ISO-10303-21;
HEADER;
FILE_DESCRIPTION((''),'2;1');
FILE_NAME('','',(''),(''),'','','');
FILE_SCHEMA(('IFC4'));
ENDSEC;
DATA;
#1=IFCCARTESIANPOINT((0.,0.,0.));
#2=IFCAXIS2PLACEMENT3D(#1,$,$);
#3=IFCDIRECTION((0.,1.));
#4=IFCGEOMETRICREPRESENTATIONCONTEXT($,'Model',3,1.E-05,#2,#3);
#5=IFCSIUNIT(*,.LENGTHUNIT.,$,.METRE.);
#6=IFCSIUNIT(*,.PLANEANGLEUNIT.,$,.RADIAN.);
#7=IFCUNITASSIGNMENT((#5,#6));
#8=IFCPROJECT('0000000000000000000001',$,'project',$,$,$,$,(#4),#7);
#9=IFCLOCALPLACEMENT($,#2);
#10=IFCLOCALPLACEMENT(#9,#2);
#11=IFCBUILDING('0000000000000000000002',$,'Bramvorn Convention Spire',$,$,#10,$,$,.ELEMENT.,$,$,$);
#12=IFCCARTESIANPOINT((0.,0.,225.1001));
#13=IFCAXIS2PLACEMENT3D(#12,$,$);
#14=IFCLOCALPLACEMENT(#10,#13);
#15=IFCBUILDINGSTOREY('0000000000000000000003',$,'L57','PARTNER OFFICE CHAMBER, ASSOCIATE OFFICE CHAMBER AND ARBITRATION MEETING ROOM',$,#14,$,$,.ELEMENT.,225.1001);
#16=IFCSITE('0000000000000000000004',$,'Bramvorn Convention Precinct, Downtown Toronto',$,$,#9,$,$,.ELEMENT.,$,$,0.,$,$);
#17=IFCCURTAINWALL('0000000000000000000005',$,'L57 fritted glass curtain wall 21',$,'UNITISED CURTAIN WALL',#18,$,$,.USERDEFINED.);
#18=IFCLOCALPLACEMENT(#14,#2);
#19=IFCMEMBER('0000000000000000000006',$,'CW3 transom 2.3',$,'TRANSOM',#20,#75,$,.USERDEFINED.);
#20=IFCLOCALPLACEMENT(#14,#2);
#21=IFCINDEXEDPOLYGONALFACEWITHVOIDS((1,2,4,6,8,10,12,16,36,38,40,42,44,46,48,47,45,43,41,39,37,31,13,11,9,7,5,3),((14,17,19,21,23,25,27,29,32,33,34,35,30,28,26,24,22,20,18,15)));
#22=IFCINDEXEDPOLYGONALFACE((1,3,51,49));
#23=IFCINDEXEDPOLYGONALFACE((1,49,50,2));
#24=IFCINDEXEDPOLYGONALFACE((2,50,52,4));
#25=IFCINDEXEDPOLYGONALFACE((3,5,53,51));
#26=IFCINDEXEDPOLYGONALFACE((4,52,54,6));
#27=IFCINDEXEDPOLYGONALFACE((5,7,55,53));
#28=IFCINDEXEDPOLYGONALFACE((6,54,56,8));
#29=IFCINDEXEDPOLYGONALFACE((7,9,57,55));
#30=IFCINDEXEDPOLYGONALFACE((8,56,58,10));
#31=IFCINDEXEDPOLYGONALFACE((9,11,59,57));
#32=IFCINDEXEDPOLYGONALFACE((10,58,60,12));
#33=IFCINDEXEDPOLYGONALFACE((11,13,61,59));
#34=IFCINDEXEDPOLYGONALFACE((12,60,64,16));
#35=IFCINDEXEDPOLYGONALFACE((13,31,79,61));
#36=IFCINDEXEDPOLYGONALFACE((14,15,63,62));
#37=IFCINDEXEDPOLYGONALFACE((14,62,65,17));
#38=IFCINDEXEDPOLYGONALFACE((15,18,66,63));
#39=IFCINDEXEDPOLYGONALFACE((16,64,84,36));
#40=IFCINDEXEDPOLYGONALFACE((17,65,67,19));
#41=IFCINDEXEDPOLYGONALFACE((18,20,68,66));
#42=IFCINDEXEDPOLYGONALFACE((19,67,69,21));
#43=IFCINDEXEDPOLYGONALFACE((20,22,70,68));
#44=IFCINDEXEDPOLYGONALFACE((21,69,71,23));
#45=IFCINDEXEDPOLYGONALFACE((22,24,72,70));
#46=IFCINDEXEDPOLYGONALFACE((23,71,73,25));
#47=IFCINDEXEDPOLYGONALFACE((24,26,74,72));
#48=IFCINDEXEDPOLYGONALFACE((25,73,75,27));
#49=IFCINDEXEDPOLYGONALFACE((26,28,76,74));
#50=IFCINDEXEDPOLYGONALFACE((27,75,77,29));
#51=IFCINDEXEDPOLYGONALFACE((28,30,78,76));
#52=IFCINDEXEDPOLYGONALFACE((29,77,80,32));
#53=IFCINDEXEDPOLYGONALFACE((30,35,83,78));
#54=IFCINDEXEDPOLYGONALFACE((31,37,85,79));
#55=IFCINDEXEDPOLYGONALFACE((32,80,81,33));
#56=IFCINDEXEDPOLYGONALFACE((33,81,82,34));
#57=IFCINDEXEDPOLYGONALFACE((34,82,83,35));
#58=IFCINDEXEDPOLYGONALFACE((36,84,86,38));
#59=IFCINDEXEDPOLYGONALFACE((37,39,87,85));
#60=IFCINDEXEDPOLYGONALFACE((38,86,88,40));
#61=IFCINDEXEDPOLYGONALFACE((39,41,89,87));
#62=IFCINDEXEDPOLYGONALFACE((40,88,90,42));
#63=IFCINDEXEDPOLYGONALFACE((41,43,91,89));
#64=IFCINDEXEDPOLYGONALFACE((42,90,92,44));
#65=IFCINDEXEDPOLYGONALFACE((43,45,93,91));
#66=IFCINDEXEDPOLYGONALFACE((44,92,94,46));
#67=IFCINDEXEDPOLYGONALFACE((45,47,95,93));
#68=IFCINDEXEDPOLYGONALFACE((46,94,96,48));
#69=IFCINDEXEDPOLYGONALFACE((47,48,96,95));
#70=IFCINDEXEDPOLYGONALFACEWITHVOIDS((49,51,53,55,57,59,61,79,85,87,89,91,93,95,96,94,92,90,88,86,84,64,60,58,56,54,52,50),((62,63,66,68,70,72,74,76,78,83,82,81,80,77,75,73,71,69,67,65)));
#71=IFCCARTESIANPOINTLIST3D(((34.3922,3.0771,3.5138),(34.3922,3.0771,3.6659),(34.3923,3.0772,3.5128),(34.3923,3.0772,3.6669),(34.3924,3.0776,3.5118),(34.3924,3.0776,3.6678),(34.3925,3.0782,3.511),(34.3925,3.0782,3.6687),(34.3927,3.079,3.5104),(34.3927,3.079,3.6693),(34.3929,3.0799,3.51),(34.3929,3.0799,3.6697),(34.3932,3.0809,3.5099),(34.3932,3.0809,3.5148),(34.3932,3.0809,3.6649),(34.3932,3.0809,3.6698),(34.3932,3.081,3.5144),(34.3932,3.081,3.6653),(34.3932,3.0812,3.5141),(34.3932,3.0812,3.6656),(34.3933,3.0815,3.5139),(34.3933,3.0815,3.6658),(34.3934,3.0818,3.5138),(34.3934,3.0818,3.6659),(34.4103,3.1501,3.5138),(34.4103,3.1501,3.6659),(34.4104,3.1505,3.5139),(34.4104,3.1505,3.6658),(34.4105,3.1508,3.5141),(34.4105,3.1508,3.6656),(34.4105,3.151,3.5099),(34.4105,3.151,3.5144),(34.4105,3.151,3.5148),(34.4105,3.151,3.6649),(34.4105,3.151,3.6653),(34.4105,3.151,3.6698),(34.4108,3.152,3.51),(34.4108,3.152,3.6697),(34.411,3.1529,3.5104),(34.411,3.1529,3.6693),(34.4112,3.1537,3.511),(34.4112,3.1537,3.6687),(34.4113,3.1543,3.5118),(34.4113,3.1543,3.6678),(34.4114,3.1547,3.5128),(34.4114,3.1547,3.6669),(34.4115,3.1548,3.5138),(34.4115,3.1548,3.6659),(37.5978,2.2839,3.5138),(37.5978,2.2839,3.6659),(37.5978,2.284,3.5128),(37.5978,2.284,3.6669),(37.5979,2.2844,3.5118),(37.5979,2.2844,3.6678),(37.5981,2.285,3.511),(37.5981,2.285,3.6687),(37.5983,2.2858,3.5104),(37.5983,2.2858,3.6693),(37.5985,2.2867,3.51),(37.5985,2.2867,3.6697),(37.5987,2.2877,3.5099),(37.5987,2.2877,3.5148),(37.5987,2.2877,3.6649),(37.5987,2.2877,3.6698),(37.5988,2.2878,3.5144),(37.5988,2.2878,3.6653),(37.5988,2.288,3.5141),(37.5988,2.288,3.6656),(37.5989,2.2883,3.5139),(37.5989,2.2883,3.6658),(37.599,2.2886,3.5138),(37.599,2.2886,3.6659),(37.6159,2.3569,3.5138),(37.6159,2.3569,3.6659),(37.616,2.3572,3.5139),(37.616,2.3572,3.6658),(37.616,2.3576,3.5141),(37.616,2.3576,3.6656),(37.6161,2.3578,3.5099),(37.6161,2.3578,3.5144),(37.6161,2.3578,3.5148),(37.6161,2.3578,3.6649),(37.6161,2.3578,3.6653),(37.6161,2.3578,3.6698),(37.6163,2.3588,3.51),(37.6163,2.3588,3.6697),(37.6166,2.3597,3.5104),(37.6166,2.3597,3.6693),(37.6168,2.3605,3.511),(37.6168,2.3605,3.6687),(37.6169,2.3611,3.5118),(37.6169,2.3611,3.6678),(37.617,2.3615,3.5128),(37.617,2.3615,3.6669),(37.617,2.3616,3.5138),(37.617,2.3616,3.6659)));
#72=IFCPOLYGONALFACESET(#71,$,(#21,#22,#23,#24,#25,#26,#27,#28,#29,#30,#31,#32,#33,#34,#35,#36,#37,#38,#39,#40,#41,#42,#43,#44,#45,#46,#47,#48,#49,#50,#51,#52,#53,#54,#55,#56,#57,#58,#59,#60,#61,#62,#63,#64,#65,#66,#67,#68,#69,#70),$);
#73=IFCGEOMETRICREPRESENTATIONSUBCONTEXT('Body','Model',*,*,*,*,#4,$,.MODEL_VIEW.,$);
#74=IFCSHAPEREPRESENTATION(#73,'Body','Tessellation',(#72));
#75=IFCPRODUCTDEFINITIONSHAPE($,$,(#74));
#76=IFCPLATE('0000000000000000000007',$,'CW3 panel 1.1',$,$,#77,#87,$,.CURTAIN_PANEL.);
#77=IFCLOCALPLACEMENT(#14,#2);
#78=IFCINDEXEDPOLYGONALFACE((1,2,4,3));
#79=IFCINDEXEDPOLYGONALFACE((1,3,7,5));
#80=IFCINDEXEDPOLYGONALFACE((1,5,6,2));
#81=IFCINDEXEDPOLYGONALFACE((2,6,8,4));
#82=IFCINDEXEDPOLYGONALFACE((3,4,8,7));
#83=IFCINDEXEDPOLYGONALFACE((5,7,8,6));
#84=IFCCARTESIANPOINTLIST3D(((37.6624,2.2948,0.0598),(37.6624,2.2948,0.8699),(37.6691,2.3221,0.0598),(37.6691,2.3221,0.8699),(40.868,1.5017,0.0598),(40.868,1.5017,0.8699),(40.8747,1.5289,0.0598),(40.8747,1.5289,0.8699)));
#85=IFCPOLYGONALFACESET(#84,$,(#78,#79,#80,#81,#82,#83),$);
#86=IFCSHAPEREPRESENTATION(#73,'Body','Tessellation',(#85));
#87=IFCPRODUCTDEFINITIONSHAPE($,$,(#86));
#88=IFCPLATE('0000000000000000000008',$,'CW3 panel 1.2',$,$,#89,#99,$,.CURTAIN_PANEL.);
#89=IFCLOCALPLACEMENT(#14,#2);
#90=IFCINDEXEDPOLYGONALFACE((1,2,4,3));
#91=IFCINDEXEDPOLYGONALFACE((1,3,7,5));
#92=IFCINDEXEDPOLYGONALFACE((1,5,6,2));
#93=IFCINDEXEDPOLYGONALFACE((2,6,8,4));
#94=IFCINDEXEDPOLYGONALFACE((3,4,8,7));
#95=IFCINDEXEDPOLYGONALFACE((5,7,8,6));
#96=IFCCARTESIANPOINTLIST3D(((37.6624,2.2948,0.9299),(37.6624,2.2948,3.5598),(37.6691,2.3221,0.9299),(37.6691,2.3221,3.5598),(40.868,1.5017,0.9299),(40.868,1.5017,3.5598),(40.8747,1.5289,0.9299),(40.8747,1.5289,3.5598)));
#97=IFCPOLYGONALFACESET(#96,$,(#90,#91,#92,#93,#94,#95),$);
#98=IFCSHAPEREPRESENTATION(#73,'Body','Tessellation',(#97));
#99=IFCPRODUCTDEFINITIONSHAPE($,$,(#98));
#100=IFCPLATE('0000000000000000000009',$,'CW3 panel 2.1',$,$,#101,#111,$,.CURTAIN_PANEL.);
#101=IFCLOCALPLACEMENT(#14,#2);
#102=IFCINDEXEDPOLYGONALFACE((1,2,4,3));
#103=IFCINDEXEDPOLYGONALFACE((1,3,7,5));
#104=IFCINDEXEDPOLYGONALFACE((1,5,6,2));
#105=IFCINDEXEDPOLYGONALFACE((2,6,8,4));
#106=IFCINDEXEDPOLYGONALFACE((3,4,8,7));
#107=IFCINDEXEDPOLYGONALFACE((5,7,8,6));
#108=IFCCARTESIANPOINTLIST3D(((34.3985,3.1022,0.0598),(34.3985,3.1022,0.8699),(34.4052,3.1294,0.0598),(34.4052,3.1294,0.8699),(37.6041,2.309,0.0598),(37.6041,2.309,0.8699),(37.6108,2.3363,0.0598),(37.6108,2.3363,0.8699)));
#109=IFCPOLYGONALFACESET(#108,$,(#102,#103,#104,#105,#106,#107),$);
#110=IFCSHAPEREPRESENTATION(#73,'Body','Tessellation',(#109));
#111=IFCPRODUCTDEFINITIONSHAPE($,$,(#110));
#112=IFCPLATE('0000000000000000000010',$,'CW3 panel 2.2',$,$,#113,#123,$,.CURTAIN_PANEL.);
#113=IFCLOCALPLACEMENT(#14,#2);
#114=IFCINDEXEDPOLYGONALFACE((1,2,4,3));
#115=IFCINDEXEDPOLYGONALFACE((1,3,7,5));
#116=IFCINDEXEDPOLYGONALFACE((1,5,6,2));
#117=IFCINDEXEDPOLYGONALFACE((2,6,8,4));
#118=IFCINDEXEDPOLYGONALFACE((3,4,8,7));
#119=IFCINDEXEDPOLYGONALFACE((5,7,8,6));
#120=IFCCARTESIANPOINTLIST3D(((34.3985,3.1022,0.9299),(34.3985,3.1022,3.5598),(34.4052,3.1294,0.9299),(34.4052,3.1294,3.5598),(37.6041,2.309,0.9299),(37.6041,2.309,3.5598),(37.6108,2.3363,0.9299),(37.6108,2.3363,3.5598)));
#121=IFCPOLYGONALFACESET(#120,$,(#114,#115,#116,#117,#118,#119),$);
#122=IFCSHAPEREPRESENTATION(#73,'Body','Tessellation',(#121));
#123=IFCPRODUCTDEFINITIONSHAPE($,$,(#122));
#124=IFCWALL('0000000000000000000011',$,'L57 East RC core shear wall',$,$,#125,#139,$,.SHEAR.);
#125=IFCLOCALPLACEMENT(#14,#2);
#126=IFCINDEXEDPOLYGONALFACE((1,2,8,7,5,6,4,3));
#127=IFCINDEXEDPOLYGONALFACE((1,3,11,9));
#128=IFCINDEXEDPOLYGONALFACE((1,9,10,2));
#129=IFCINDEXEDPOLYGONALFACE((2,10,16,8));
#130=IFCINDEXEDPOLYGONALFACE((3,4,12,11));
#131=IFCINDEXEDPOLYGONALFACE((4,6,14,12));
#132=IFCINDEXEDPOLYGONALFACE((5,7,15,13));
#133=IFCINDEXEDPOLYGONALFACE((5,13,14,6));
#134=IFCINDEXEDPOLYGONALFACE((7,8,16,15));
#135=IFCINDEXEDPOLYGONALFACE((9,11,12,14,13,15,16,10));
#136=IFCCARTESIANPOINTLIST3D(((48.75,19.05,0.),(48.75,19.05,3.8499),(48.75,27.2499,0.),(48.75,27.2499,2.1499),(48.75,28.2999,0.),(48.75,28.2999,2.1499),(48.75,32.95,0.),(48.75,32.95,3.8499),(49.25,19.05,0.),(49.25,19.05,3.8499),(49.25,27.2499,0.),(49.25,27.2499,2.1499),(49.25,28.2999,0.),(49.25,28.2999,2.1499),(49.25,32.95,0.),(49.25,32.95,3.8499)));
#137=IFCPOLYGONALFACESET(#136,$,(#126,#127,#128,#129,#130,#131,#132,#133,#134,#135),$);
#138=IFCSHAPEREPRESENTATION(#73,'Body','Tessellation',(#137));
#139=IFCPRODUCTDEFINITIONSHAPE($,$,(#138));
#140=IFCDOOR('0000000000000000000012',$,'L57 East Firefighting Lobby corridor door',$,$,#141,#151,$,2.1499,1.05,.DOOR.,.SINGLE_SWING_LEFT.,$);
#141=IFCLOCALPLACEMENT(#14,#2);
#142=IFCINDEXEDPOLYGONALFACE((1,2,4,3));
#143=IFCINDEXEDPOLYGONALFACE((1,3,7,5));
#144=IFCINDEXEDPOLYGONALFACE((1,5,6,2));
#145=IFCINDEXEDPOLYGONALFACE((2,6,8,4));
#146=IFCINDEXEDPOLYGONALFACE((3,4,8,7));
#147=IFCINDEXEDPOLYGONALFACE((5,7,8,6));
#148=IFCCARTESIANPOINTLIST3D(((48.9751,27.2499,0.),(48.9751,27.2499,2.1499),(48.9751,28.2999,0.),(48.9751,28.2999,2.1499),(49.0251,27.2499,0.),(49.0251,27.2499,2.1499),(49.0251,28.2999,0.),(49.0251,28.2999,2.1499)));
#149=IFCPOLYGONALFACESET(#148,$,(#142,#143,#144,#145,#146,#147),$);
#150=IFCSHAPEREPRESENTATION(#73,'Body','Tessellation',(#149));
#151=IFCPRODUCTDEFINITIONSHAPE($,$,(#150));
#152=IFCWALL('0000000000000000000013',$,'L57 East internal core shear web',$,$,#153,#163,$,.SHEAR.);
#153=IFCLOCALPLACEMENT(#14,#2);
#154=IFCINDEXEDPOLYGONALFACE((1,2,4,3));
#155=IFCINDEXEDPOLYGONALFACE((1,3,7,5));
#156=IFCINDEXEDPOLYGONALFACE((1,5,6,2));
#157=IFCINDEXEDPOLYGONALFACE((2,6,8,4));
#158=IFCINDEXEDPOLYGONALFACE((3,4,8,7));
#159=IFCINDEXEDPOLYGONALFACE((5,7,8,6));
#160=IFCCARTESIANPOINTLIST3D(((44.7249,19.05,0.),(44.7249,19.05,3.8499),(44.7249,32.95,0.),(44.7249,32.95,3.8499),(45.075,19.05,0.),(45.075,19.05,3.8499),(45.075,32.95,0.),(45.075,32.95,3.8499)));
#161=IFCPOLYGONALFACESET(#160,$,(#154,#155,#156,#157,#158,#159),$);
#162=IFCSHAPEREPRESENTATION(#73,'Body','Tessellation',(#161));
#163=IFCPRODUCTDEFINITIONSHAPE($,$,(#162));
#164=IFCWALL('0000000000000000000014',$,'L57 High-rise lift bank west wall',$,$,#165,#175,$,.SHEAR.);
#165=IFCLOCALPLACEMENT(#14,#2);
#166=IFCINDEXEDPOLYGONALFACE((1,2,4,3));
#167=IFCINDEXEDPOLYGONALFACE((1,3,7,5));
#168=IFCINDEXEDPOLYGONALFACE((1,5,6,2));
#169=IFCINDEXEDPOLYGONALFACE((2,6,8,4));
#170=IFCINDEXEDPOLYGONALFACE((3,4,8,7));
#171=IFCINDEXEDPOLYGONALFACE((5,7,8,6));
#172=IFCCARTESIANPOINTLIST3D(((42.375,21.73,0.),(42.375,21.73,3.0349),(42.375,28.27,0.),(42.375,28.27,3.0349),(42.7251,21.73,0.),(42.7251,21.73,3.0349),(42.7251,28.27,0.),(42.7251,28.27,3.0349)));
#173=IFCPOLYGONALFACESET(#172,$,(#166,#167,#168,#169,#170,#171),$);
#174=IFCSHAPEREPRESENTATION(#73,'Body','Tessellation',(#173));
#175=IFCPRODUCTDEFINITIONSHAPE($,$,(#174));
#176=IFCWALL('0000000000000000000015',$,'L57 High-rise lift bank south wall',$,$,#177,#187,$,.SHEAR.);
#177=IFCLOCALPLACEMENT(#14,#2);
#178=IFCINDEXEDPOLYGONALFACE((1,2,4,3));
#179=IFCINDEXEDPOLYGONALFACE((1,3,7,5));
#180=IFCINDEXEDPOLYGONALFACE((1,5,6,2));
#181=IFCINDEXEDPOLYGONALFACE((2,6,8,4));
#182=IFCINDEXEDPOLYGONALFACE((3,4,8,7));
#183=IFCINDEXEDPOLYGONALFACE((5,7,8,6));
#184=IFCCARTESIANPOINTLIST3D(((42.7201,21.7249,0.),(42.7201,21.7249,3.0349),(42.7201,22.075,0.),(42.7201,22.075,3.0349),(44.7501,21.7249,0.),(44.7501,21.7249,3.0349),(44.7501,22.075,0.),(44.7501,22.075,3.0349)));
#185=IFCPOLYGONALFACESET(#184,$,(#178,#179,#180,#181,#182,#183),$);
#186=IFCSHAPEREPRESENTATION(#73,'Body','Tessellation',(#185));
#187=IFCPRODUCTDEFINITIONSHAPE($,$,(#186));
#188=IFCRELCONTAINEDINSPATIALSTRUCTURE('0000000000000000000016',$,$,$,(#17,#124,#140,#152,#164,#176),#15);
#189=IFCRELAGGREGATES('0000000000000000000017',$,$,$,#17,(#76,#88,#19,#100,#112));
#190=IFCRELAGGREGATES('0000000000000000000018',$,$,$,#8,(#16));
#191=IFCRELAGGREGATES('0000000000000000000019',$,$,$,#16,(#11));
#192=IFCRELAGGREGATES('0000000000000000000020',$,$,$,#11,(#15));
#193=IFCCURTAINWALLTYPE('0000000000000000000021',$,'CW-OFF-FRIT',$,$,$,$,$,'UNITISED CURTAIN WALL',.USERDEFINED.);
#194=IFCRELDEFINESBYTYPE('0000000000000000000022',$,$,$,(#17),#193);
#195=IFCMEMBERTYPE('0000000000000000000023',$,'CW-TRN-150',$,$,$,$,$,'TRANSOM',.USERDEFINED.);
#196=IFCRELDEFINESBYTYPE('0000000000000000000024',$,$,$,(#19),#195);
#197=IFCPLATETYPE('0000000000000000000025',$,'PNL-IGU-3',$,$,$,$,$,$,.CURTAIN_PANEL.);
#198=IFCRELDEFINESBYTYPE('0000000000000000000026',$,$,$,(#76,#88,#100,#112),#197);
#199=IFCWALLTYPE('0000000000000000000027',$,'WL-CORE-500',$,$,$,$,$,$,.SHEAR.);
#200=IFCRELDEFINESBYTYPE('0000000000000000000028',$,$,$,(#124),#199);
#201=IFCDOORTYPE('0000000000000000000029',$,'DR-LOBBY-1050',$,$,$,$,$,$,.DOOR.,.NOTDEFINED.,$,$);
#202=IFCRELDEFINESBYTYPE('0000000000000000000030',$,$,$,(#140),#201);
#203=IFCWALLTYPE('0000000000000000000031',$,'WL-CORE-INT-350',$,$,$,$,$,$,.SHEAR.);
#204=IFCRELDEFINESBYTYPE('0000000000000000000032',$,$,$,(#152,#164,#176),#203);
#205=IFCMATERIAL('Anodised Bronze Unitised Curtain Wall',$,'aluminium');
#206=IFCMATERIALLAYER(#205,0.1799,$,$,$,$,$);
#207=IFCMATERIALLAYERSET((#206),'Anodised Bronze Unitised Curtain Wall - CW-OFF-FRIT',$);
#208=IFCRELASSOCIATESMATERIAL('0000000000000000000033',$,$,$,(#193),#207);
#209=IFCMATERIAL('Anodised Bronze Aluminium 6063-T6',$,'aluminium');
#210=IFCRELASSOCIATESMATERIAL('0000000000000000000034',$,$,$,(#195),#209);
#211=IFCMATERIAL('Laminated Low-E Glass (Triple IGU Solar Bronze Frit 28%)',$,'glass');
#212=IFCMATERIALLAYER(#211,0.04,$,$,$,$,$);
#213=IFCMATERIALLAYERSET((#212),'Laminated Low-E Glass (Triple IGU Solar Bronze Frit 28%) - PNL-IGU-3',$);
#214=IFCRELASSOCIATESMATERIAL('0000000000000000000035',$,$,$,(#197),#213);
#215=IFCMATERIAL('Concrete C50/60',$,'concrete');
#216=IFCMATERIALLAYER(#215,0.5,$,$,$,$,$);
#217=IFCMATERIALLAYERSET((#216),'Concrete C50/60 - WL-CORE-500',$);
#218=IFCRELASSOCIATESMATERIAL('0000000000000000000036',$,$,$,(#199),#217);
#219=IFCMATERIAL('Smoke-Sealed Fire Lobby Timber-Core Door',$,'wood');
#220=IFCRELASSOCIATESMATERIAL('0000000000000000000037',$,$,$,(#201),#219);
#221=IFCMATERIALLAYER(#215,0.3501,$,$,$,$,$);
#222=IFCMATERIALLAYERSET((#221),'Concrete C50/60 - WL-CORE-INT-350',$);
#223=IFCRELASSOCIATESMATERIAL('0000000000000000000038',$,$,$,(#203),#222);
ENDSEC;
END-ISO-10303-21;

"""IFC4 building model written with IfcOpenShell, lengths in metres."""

from ifc_helpers import new_model, si_unit, direction, frame, frame_2d, origin, origin_2d, place, context, subcontext, project, spatial, rectangle, hollow_rectangle, extrude, material, layer, layer_set, material_profile, profile_set, type_object, element, fill, aggregate, save


model = new_model("IFC4")

# Units and contexts
model_context = context("Model", 3, precision=1e-05, world=origin(), true_north=direction((0.0, 1.0)))
body_context = subcontext(model_context, "Body", "Model", "MODEL_VIEW")
ifc_project = project(units=[si_unit("LENGTHUNIT", "METRE"), si_unit("PLANEANGLEUNIT", "RADIAN")], contexts=[model_context])

# Site, building, storey
site_placement = place(None, origin())
site = spatial("IfcSite", under=ifc_project, at=site_placement, Name="Bramvorn Convention Precinct, Downtown Toronto", CompositionType="ELEMENT", RefElevation=0.0)
building_placement = place(site_placement, origin())
building = spatial("IfcBuilding", under=site, at=building_placement, Name="Bramvorn Convention Spire", CompositionType="ELEMENT")
storey_placement = place(building_placement, frame((0.0, 0.0, 225.1001)))
storey = spatial("IfcBuildingStorey", under=building, at=storey_placement, Name="L57", Description="PARTNER OFFICE CHAMBER, ASSOCIATE OFFICE CHAMBER AND ARBITRATION MEETING ROOM", CompositionType="ELEMENT", Elevation=225.1001)

# Curtain wall, member, plates
ifc_material_1 = material(Name="Anodised Bronze Unitised Curtain Wall", Category="aluminium")
ifc_layer_1 = layer(ifc_material_1, 0.1799)
ifc_layer_set_1 = layer_set([ifc_layer_1], Name="Anodised Bronze Unitised Curtain Wall - CW-OFF-FRIT")
curtain_wall_type = type_object("IfcCurtainWallType", Name="CW-OFF-FRIT", ElementType="UNITISED CURTAIN WALL", PredefinedType="USERDEFINED", material=ifc_layer_set_1)
curtain_wall_placement = place(storey_placement, origin())
curtain_wall = element("IfcCurtainWall", 1, at=curtain_wall_placement, inside=storey, type_object=curtain_wall_type, Name="L57 fritted glass curtain wall 21", ObjectType="UNITISED CURTAIN WALL", PredefinedType="USERDEFINED")
ifc_material_2 = material(Name="Anodised Bronze Aluminium 6063-T6", Category="aluminium")
ifc_material_profile_1 = material_profile(ifc_material_2, hollow_rectangle(XDim=0.0801, YDim=0.1599, WallThickness=0.0039, InnerFilletRadius=0.001, OuterFilletRadius=0.0039, at=origin_2d()))
ifc_profile_set_1 = profile_set([ifc_material_profile_1], Name="Anodised Bronze Aluminium 6063-T6 - CWT80X160")
member_type_1 = type_object("IfcMemberType", Name="CW-TRN-150", ElementType="TRANSOM", PredefinedType="USERDEFINED", material=ifc_profile_set_1)
member_1_placement = place(storey_placement, frame((37.6074, 2.3228, 3.5898), z_axis=(-0.970722, 0.240204, 0.0), x_axis=(-0.240204, -0.970722, 0.0)))
member_1 = element("IfcMember", 2, at=member_1_placement, type_object=member_type_1, Name="CW3 transom 2.3", ObjectType="TRANSOM", PredefinedType="USERDEFINED", context=body_context, shape_type="SweptSolid", body=[
    extrude(hollow_rectangle(XDim=0.0801, YDim=0.1599, WallThickness=0.0039, InnerFilletRadius=0.001, OuterFilletRadius=0.0039, at=origin_2d()), origin(), (0.0, 0.0, 1.0), 3.3022),
])
ifc_material_3 = material(Name="Laminated Low-E Glass (Triple IGU Solar Bronze Frit 28%)", Category="glass")
ifc_layer_2 = layer(ifc_material_3, 0.04)
ifc_layer_set_2 = layer_set([ifc_layer_2], Name="Laminated Low-E Glass (Triple IGU Solar Bronze Frit 28%) - PNL-IGU-3")
plate_type = type_object("IfcPlateType", Name="PNL-IGU-3", PredefinedType="CURTAIN_PANEL", material=ifc_layer_set_2)
plate_1_placement = place(storey_placement, frame((39.2686, 1.9119, 0.0598), z_axis=(0.0, 0.0, 1.0), x_axis=(-0.970728, 0.24018, 0.0)))
plate_1 = element("IfcPlate", 3, at=plate_1_placement, type_object=plate_type, Name="CW3 panel 1.1", PredefinedType="CURTAIN_PANEL", context=body_context, shape_type="SweptSolid", body=[
    extrude(rectangle(XDim=3.3022, YDim=0.0281, at=origin_2d()), origin(), (0.0, 0.0, 1.0), 0.8101),
])
plate_2_placement = place(storey_placement, frame((39.2686, 1.9119, 0.9299), z_axis=(0.0, 0.0, 1.0), x_axis=(-0.970728, 0.24018, 0.0)))
plate_2 = element("IfcPlate", 4, at=plate_2_placement, type_object=plate_type, Name="CW3 panel 1.2", PredefinedType="CURTAIN_PANEL", context=body_context, shape_type="SweptSolid", body=[
    extrude(rectangle(XDim=3.3022, YDim=0.0281, at=origin_2d()), origin(), (0.0, 0.0, 1.0), 2.6299),
])
plate_3_placement = place(storey_placement, frame((36.0046, 2.7192, 0.0598), z_axis=(0.0, 0.0, 1.0), x_axis=(-0.970728, 0.24018, 0.0)))
plate_3 = element("IfcPlate", 5, at=plate_3_placement, type_object=plate_type, Name="CW3 panel 2.1", PredefinedType="CURTAIN_PANEL", context=body_context, shape_type="SweptSolid", body=[
    extrude(rectangle(XDim=3.3022, YDim=0.0281, at=origin_2d()), origin(), (0.0, 0.0, 1.0), 0.8101),
])
plate_4_placement = place(storey_placement, frame((36.0046, 2.7192, 0.9299), z_axis=(0.0, 0.0, 1.0), x_axis=(-0.970728, 0.24018, 0.0)))
plate_4 = element("IfcPlate", 6, at=plate_4_placement, type_object=plate_type, Name="CW3 panel 2.2", PredefinedType="CURTAIN_PANEL", context=body_context, shape_type="SweptSolid", body=[
    extrude(rectangle(XDim=3.3022, YDim=0.0281, at=origin_2d()), origin(), (0.0, 0.0, 1.0), 2.6299),
])
aggregate(curtain_wall, [plate_1, plate_2, member_1, plate_3, plate_4])

# Wall, opening, door
ifc_material_4 = material(Name="Concrete C50/60", Category="concrete")
ifc_layer_3 = layer(ifc_material_4, 0.5)
ifc_layer_set_3 = layer_set([ifc_layer_3], Name="Concrete C50/60 - WL-CORE-500")
wall_type_1 = type_object("IfcWallType", Name="WL-CORE-500", PredefinedType="SHEAR", material=ifc_layer_set_3)
wall_1_placement = place(storey_placement, frame((49.0, 19.05, 0.0), z_axis=(0.0, 0.0, 1.0), x_axis=(0.0, 1.0, 0.0)))
wall_1 = element("IfcWall", 7, at=wall_1_placement, inside=storey, type_object=wall_type_1, Name="L57 East RC core shear wall", PredefinedType="SHEAR", context=body_context, shape_type="SweptSolid", body=[
    extrude(rectangle(XDim=13.8999, YDim=0.5, at=frame_2d((6.95, 0.0))), origin(), (0.0, 0.0, 1.0), 3.8499),
])
opening_placement = place(wall_1_placement, frame((8.2, 0.0, 0.0)))
opening = element("IfcOpeningElement", 8, at=opening_placement, cuts=wall_1, PredefinedType="OPENING", context=body_context, shape_type="SweptSolid", body=[
    extrude(rectangle(XDim=1.05, YDim=2.1499, at=frame_2d((0.5249, 1.075))), frame((0.0, 0.26, 0.0), z_axis=(0.0, -1.0, 0.0), x_axis=(1.0, 0.0, 0.0)), (0.0, 0.0, 1.0), 0.52),
])
ifc_material_5 = material(Name="Smoke-Sealed Fire Lobby Timber-Core Door", Category="wood")
door_type = type_object("IfcDoorType", Name="DR-LOBBY-1050", OperationType="NOTDEFINED", PredefinedType="DOOR", material=ifc_material_5)
door_placement = place(opening_placement, origin())
door = element("IfcDoor", 9, at=door_placement, inside=storey, type_object=door_type, Name="L57 East Firefighting Lobby corridor door", OperationType="SINGLE_SWING_LEFT", OverallHeight=2.1499, OverallWidth=1.05, PredefinedType="DOOR", context=body_context, shape_type="SweptSolid", body=[
    extrude(rectangle(XDim=1.05, YDim=2.1499, at=frame_2d((0.5249, 1.075))), frame((0.0, 0.0249, 0.0), z_axis=(0.0, -1.0, 0.0), x_axis=(1.0, 0.0, 0.0)), (0.0, 0.0, 1.0), 0.05),
])
fill(opening, door)

# Walls
ifc_layer_4 = layer(ifc_material_4, 0.3501)
ifc_layer_set_4 = layer_set([ifc_layer_4], Name="Concrete C50/60 - WL-CORE-INT-350")
wall_type_2 = type_object("IfcWallType", Name="WL-CORE-INT-350", PredefinedType="SHEAR", material=ifc_layer_set_4)
wall_2_placement = place(storey_placement, frame((44.8999, 19.05, 0.0), z_axis=(0.0, 0.0, 1.0), x_axis=(0.0, 1.0, 0.0)))
element("IfcWall", 10, at=wall_2_placement, inside=storey, type_object=wall_type_2, Name="L57 East internal core shear web", PredefinedType="SHEAR", context=body_context, shape_type="SweptSolid", body=[
    extrude(rectangle(XDim=13.8999, YDim=0.3501, at=frame_2d((6.95, 0.0))), origin(), (0.0, 0.0, 1.0), 3.8499),
])
wall_3_placement = place(storey_placement, frame((42.55, 21.73, 0.0), z_axis=(0.0, 0.0, 1.0), x_axis=(0.0, 1.0, 0.0)))
element("IfcWall", 11, at=wall_3_placement, inside=storey, type_object=wall_type_2, Name="L57 High-rise lift bank west wall", PredefinedType="SHEAR", context=body_context, shape_type="SweptSolid", body=[
    extrude(rectangle(XDim=6.54, YDim=0.3501, at=frame_2d((3.27, 0.0))), origin(), (0.0, 0.0, 1.0), 3.0349),
])
wall_4_placement = place(storey_placement, frame((42.72, 21.8999, 0.0), z_axis=(0.0, 0.0, 1.0), x_axis=(1.0, 0.0, 0.0)))
element("IfcWall", 12, at=wall_4_placement, inside=storey, type_object=wall_type_2, Name="L57 High-rise lift bank south wall", PredefinedType="SHEAR", context=body_context, shape_type="SweptSolid", body=[
    extrude(rectangle(XDim=2.03, YDim=0.3501, at=frame_2d((1.0151, 0.0))), origin(), (0.0, 0.0, 1.0), 3.0349),
])

save(model, "model.ifc")
